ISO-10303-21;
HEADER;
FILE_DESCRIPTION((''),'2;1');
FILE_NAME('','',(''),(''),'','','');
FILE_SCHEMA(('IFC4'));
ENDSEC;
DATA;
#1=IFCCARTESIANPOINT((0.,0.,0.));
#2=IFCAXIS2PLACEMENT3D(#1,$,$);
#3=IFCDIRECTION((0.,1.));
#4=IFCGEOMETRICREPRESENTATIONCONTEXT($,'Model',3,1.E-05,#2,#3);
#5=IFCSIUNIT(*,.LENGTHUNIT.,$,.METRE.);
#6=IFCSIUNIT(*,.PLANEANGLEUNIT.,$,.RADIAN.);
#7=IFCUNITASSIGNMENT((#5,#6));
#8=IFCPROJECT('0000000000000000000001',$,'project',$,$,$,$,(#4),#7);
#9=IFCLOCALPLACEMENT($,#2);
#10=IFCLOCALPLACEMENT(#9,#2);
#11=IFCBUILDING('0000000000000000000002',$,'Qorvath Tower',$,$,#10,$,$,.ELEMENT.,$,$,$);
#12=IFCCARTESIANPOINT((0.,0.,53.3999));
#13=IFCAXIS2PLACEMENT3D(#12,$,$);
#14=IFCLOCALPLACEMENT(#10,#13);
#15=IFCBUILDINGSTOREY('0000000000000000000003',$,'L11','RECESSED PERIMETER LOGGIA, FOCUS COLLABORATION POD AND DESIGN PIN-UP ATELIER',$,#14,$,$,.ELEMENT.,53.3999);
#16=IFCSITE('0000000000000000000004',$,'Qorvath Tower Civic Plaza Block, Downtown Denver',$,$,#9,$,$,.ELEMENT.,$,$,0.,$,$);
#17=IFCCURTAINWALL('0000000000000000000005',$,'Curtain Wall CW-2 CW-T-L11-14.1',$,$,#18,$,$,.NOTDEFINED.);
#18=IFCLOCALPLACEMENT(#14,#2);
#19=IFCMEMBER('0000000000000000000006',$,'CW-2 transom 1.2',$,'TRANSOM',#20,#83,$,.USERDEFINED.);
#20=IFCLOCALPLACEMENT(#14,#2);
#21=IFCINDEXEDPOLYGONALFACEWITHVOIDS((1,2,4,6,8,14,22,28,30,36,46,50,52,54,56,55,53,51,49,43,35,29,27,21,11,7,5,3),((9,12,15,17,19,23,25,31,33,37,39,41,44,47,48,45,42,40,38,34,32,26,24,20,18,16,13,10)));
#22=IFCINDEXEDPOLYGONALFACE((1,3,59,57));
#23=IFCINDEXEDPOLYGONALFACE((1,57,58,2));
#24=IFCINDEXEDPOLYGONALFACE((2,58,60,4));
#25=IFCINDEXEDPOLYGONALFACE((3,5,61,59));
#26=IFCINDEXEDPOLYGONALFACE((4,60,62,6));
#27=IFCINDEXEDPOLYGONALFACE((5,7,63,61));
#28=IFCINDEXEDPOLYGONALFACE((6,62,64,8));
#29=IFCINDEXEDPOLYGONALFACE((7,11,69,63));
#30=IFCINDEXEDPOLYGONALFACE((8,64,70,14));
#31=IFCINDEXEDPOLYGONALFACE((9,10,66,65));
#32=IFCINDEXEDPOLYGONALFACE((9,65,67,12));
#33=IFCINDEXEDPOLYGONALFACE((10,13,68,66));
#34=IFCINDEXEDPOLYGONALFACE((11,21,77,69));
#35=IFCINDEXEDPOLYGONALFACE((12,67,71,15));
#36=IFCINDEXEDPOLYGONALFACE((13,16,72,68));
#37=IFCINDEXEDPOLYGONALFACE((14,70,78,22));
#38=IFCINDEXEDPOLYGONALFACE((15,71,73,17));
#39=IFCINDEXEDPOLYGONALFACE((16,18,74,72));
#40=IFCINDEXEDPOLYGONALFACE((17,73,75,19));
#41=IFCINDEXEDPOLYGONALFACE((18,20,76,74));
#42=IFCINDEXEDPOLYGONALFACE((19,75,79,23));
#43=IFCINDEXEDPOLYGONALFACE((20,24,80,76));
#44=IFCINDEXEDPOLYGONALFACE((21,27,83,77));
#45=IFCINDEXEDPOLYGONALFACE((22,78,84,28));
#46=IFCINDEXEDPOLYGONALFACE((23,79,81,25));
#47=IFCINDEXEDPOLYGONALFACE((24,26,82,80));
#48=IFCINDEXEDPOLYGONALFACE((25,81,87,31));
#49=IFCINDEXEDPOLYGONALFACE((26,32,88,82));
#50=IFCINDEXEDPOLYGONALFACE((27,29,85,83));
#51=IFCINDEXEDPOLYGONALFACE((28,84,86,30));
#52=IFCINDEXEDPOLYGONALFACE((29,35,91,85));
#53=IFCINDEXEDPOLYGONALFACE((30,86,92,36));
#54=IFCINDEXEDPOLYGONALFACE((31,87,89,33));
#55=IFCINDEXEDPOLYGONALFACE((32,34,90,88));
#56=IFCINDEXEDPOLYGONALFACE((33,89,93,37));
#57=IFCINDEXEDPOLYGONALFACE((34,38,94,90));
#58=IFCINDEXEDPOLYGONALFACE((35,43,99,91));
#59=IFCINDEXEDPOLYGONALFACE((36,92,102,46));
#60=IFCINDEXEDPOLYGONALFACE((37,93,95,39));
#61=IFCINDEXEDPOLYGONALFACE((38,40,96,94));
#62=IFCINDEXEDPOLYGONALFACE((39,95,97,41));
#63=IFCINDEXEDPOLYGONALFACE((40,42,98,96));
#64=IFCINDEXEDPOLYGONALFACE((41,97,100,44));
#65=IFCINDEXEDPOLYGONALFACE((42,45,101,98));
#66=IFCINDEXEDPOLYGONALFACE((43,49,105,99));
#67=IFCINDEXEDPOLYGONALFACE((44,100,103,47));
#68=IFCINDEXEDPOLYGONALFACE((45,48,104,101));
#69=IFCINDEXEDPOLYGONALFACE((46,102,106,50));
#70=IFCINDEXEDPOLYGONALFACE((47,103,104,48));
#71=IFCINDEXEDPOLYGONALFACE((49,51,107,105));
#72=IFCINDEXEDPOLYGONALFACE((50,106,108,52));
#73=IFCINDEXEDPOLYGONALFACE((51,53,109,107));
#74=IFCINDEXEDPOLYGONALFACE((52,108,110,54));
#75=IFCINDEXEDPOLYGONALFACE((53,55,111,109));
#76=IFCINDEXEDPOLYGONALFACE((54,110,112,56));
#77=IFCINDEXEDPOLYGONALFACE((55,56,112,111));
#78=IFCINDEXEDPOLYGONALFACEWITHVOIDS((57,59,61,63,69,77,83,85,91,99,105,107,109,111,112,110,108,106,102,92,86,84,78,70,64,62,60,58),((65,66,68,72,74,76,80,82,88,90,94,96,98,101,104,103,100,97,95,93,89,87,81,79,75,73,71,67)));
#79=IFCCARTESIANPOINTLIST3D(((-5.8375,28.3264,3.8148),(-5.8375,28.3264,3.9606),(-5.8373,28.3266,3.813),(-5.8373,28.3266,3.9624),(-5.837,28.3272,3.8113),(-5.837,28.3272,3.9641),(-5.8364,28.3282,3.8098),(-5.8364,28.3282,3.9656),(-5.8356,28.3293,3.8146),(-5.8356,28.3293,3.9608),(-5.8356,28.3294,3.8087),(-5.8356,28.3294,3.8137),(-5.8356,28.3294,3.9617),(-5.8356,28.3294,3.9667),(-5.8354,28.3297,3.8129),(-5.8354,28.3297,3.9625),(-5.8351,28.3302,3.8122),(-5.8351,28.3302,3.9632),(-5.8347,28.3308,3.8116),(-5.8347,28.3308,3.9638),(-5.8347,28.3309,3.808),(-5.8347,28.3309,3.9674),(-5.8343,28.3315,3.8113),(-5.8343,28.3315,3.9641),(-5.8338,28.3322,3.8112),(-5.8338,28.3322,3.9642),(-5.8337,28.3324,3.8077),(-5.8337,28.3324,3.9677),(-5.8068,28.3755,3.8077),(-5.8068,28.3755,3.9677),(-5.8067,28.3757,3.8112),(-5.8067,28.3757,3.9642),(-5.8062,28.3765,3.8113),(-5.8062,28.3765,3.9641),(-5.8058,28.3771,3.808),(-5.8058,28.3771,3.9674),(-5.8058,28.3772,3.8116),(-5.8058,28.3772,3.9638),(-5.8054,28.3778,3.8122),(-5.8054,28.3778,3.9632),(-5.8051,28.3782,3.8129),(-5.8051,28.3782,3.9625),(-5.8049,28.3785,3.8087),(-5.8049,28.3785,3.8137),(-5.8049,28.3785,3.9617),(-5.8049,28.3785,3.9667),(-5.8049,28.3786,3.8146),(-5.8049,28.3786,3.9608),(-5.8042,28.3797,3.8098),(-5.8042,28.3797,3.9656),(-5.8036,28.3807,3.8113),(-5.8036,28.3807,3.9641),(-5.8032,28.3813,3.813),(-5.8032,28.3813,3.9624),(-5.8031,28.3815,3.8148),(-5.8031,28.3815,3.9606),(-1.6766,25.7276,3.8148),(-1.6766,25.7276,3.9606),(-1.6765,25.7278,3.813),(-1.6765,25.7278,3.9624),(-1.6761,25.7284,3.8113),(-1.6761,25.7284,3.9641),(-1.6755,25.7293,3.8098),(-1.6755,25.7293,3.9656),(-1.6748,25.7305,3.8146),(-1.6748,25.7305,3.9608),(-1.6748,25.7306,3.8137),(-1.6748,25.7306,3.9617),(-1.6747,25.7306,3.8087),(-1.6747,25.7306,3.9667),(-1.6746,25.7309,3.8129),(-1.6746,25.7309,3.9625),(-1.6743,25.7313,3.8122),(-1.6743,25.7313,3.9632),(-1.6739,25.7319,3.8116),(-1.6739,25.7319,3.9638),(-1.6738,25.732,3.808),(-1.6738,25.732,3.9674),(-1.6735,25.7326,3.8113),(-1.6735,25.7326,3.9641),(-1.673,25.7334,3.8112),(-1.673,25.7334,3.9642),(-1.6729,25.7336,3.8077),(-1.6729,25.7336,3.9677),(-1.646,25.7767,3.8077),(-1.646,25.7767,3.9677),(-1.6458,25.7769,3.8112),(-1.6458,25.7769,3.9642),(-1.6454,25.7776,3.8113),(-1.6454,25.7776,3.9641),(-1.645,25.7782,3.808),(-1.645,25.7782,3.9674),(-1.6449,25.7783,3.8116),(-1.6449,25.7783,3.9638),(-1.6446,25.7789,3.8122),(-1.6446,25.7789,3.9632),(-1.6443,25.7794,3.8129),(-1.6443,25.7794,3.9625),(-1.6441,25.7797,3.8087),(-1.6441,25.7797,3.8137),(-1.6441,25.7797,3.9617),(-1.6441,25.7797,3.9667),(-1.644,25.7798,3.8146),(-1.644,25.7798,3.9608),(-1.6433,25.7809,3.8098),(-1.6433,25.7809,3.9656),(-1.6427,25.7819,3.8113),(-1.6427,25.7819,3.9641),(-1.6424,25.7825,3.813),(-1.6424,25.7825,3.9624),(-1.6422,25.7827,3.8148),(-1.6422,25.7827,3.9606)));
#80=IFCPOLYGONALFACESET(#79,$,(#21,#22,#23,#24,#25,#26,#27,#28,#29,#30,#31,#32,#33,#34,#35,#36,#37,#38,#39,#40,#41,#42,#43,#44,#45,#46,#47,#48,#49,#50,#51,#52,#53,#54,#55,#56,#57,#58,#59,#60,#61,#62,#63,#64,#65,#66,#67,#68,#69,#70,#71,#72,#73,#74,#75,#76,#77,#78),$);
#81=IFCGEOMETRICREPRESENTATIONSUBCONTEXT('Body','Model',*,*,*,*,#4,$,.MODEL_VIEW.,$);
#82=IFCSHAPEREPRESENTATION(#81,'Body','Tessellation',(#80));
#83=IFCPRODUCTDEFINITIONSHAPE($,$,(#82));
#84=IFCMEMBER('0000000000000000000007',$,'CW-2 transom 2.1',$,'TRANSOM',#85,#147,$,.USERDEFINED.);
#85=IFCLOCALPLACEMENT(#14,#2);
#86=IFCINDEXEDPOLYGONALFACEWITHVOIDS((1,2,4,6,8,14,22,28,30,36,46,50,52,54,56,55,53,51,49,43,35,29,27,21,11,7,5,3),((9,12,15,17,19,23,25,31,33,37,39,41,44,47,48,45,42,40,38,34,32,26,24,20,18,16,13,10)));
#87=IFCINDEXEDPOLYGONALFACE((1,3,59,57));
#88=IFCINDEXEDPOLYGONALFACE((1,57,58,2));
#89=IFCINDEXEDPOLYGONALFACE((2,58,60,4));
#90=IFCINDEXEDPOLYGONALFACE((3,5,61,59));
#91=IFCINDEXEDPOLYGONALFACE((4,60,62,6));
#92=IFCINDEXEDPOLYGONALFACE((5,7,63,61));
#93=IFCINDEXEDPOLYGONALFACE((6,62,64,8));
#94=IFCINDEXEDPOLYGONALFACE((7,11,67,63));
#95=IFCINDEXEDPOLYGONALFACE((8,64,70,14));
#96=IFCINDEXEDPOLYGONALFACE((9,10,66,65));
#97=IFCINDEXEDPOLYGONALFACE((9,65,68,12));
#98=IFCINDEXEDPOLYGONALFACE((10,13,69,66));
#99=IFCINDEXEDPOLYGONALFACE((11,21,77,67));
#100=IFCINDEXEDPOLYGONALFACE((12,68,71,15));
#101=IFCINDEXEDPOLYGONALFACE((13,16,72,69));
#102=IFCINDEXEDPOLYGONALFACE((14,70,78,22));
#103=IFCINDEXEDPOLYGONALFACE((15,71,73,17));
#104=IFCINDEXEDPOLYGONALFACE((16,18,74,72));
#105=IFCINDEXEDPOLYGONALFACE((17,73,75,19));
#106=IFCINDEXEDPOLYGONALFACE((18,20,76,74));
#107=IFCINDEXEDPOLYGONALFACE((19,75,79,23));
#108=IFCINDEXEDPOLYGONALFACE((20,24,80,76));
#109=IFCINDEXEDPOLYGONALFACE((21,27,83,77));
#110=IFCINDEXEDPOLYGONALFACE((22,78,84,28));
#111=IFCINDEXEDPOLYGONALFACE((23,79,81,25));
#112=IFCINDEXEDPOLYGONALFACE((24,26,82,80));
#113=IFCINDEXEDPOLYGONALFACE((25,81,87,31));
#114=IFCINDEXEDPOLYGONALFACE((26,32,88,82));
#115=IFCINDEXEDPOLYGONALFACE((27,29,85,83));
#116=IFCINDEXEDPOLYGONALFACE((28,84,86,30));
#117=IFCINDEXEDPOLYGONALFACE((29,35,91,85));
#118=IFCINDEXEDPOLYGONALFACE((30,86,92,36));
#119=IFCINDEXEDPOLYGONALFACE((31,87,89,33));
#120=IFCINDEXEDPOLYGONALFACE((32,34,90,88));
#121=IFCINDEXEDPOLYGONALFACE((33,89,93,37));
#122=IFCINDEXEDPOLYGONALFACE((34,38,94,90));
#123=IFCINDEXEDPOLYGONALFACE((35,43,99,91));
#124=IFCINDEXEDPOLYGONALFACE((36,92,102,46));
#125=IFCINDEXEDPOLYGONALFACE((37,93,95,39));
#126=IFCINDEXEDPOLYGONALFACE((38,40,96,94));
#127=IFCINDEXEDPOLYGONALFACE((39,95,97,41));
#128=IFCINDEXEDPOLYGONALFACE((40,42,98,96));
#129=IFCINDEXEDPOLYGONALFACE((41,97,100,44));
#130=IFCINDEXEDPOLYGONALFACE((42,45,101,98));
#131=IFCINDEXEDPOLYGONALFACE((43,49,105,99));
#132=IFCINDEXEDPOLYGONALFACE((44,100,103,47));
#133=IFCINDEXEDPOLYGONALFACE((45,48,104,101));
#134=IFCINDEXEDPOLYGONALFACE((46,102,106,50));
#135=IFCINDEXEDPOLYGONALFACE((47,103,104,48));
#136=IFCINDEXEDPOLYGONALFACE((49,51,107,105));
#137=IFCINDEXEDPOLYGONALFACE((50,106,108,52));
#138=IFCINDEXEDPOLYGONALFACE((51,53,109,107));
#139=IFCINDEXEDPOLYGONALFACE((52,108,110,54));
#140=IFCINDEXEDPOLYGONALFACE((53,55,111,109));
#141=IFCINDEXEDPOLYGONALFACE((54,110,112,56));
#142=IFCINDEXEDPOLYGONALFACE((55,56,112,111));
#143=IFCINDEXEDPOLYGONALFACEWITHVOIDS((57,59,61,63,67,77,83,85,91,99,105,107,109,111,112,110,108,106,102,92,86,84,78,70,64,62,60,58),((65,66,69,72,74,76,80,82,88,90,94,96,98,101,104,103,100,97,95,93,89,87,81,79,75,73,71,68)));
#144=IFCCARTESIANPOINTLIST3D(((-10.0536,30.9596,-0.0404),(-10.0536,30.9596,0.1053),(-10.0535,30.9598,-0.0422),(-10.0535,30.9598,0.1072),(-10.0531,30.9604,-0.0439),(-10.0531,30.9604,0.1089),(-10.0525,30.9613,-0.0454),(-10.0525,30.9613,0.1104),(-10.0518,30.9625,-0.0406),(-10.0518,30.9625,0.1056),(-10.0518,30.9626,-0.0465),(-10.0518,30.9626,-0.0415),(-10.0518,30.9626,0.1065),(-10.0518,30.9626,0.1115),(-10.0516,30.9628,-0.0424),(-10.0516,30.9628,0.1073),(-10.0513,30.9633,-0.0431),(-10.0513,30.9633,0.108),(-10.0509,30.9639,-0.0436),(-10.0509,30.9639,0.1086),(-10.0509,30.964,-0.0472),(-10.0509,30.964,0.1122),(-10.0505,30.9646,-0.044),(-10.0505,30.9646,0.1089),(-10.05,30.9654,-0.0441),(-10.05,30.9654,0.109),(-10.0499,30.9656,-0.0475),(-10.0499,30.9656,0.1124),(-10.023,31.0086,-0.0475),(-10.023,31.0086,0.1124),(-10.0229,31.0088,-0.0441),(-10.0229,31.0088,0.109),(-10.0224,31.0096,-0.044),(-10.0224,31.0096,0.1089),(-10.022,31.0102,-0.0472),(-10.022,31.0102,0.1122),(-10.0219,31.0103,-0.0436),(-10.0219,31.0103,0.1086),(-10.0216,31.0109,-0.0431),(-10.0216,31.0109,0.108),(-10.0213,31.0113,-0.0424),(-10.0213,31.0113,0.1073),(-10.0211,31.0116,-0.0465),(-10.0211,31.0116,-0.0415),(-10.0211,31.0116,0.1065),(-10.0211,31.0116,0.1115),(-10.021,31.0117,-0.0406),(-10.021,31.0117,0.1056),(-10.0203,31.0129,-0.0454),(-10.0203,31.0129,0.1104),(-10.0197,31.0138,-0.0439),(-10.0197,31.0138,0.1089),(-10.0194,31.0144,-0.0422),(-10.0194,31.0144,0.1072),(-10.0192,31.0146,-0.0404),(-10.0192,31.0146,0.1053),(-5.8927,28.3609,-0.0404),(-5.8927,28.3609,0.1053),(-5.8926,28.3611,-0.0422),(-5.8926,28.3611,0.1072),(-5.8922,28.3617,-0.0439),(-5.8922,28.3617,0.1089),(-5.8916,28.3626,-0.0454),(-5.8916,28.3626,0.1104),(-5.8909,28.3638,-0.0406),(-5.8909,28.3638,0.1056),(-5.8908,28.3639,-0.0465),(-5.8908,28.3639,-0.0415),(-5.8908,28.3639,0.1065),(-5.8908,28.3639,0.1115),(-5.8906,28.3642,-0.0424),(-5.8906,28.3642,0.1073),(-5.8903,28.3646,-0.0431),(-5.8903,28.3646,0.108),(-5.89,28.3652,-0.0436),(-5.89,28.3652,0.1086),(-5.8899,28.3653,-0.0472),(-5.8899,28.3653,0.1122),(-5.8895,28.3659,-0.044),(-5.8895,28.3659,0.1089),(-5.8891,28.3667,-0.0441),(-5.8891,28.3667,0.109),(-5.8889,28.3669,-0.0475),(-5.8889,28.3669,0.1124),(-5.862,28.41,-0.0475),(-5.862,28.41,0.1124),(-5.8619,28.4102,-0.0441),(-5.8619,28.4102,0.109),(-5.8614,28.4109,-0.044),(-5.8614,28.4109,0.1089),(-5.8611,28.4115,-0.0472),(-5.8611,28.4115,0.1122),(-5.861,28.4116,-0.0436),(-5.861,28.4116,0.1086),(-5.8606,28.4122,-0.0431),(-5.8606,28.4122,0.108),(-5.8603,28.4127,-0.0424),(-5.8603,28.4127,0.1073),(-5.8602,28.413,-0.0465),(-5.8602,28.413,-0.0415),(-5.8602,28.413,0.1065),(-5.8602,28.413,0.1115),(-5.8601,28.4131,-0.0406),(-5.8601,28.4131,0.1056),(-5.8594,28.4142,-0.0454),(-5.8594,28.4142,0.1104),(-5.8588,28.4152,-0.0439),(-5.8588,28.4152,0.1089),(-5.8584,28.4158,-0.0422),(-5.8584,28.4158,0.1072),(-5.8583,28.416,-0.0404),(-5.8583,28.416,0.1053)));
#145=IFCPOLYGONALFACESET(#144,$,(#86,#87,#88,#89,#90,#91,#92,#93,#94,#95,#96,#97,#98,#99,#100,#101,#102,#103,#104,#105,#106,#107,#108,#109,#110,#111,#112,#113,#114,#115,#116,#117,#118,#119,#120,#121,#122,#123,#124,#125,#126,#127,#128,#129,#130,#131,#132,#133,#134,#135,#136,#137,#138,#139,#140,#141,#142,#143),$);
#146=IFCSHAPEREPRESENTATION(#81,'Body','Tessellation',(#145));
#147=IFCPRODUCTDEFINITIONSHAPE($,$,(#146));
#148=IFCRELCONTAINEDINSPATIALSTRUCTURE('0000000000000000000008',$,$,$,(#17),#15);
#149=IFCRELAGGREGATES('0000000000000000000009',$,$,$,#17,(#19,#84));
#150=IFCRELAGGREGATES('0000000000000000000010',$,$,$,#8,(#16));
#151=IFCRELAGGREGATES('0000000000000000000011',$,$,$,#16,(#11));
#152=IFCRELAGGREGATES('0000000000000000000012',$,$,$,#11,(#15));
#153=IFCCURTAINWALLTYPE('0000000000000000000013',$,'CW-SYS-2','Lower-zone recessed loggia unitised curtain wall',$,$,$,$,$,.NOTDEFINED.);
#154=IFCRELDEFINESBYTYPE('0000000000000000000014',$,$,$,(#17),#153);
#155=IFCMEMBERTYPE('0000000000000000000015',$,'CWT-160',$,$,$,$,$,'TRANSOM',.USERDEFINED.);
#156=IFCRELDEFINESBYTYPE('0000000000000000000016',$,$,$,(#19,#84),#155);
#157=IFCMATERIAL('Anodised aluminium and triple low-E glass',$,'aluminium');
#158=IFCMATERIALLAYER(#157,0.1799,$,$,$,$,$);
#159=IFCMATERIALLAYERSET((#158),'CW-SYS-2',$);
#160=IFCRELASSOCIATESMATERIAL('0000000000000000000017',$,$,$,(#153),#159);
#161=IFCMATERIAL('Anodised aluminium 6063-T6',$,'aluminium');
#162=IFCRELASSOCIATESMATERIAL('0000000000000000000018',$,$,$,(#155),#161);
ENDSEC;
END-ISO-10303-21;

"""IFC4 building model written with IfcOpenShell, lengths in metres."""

from ifc_helpers import new_model, si_unit, direction, frame, origin, origin_2d, place, context, subcontext, project, spatial, hollow_rectangle, extrude, material, layer, layer_set, material_profile, profile_set, type_object, element, aggregate, save


model = new_model("IFC4")

# Units and contexts
model_context = context("Model", 3, precision=1e-05, world=origin(), true_north=direction((0.0, 1.0)))
body_context = subcontext(model_context, "Body", "Model", "MODEL_VIEW")
ifc_project = project(units=[si_unit("LENGTHUNIT", "METRE"), si_unit("PLANEANGLEUNIT", "RADIAN")], contexts=[model_context])

# Site, building, storey
site_placement = place(None, origin())
site = spatial("IfcSite", under=ifc_project, at=site_placement, Name="Qorvath Tower Civic Plaza Block, Downtown Denver", CompositionType="ELEMENT", RefElevation=0.0)
building_placement = place(site_placement, origin())
building = spatial("IfcBuilding", under=site, at=building_placement, Name="Qorvath Tower", CompositionType="ELEMENT")
storey_placement = place(building_placement, frame((0.0, 0.0, 53.3999)))
storey = spatial("IfcBuildingStorey", under=building, at=storey_placement, Name="L11", Description="RECESSED PERIMETER LOGGIA, FOCUS COLLABORATION POD AND DESIGN PIN-UP ATELIER", CompositionType="ELEMENT", Elevation=53.3999)

# Shared definitions
ifc_material_1 = material(Name="Anodised aluminium and triple low-E glass", Category="aluminium")
ifc_layer_1 = layer(ifc_material_1, 0.1799)
ifc_layer_set_1 = layer_set([ifc_layer_1], Name="CW-SYS-2")
curtain_wall_type = type_object("IfcCurtainWallType", Name="CW-SYS-2", Description="Lower-zone recessed loggia unitised curtain wall", PredefinedType="NOTDEFINED", material=ifc_layer_set_1)

# Curtain wall
curtain_wall_1_placement = place(storey_placement, origin())
curtain_wall_1 = element("IfcCurtainWall", 1, at=curtain_wall_1_placement, inside=storey, type_object=curtain_wall_type, Name="Curtain Wall CW-2 CW-T-L11-14.1", PredefinedType="NOTDEFINED")

# Members
ifc_material_2 = material(Name="Anodised aluminium 6063-T6", Category="aluminium")
ifc_material_profile_1 = material_profile(ifc_material_2, hollow_rectangle(XDim=0.0649, YDim=0.1599, WallThickness=0.0034, InnerFilletRadius=0.0034, OuterFilletRadius=0.0071, at=origin_2d()), Name="CWT 160x65")
ifc_profile_set_1 = profile_set([ifc_material_profile_1], Name="Anodised aluminium 6063-T6")
member_type_1 = type_object("IfcMemberType", Name="CWT-160", ElementType="TRANSOM", PredefinedType="USERDEFINED", material=ifc_profile_set_1)
member_1_placement = place(storey_placement, frame((-1.6594, 25.7551, 3.8877), z_axis=(-0.848152, 0.529753, 0.0), x_axis=(-0.529753, -0.848152, 0.0)))
member_1 = element("IfcMember", 2, at=member_1_placement, type_object=member_type_1, Name="CW-2 transom 1.2", ObjectType="TRANSOM", PredefinedType="USERDEFINED", context=body_context, shape_type="SweptSolid", body=[
    extrude(hollow_rectangle(XDim=0.0649, YDim=0.1599, WallThickness=0.0034, InnerFilletRadius=0.0034, OuterFilletRadius=0.0071, at=origin_2d()), origin(), (0.0, 0.0, 1.0), 4.9058),
])
member_2_placement = place(storey_placement, frame((-5.8755, 28.3884, 0.0325), z_axis=(-0.848174, 0.529717, 0.0), x_axis=(-0.529717, -0.848174, 0.0)))
member_2 = element("IfcMember", 3, at=member_2_placement, type_object=member_type_1, Name="CW-2 transom 2.1", ObjectType="TRANSOM", PredefinedType="USERDEFINED", context=body_context, shape_type="SweptSolid", body=[
    extrude(hollow_rectangle(XDim=0.0649, YDim=0.1599, WallThickness=0.0034, InnerFilletRadius=0.0034, OuterFilletRadius=0.0071, at=origin_2d()), origin(), (0.0, 0.0, 1.0), 4.9058),
])

aggregate(curtain_wall_1, [member_1, member_2])

save(model, "model.ifc")
